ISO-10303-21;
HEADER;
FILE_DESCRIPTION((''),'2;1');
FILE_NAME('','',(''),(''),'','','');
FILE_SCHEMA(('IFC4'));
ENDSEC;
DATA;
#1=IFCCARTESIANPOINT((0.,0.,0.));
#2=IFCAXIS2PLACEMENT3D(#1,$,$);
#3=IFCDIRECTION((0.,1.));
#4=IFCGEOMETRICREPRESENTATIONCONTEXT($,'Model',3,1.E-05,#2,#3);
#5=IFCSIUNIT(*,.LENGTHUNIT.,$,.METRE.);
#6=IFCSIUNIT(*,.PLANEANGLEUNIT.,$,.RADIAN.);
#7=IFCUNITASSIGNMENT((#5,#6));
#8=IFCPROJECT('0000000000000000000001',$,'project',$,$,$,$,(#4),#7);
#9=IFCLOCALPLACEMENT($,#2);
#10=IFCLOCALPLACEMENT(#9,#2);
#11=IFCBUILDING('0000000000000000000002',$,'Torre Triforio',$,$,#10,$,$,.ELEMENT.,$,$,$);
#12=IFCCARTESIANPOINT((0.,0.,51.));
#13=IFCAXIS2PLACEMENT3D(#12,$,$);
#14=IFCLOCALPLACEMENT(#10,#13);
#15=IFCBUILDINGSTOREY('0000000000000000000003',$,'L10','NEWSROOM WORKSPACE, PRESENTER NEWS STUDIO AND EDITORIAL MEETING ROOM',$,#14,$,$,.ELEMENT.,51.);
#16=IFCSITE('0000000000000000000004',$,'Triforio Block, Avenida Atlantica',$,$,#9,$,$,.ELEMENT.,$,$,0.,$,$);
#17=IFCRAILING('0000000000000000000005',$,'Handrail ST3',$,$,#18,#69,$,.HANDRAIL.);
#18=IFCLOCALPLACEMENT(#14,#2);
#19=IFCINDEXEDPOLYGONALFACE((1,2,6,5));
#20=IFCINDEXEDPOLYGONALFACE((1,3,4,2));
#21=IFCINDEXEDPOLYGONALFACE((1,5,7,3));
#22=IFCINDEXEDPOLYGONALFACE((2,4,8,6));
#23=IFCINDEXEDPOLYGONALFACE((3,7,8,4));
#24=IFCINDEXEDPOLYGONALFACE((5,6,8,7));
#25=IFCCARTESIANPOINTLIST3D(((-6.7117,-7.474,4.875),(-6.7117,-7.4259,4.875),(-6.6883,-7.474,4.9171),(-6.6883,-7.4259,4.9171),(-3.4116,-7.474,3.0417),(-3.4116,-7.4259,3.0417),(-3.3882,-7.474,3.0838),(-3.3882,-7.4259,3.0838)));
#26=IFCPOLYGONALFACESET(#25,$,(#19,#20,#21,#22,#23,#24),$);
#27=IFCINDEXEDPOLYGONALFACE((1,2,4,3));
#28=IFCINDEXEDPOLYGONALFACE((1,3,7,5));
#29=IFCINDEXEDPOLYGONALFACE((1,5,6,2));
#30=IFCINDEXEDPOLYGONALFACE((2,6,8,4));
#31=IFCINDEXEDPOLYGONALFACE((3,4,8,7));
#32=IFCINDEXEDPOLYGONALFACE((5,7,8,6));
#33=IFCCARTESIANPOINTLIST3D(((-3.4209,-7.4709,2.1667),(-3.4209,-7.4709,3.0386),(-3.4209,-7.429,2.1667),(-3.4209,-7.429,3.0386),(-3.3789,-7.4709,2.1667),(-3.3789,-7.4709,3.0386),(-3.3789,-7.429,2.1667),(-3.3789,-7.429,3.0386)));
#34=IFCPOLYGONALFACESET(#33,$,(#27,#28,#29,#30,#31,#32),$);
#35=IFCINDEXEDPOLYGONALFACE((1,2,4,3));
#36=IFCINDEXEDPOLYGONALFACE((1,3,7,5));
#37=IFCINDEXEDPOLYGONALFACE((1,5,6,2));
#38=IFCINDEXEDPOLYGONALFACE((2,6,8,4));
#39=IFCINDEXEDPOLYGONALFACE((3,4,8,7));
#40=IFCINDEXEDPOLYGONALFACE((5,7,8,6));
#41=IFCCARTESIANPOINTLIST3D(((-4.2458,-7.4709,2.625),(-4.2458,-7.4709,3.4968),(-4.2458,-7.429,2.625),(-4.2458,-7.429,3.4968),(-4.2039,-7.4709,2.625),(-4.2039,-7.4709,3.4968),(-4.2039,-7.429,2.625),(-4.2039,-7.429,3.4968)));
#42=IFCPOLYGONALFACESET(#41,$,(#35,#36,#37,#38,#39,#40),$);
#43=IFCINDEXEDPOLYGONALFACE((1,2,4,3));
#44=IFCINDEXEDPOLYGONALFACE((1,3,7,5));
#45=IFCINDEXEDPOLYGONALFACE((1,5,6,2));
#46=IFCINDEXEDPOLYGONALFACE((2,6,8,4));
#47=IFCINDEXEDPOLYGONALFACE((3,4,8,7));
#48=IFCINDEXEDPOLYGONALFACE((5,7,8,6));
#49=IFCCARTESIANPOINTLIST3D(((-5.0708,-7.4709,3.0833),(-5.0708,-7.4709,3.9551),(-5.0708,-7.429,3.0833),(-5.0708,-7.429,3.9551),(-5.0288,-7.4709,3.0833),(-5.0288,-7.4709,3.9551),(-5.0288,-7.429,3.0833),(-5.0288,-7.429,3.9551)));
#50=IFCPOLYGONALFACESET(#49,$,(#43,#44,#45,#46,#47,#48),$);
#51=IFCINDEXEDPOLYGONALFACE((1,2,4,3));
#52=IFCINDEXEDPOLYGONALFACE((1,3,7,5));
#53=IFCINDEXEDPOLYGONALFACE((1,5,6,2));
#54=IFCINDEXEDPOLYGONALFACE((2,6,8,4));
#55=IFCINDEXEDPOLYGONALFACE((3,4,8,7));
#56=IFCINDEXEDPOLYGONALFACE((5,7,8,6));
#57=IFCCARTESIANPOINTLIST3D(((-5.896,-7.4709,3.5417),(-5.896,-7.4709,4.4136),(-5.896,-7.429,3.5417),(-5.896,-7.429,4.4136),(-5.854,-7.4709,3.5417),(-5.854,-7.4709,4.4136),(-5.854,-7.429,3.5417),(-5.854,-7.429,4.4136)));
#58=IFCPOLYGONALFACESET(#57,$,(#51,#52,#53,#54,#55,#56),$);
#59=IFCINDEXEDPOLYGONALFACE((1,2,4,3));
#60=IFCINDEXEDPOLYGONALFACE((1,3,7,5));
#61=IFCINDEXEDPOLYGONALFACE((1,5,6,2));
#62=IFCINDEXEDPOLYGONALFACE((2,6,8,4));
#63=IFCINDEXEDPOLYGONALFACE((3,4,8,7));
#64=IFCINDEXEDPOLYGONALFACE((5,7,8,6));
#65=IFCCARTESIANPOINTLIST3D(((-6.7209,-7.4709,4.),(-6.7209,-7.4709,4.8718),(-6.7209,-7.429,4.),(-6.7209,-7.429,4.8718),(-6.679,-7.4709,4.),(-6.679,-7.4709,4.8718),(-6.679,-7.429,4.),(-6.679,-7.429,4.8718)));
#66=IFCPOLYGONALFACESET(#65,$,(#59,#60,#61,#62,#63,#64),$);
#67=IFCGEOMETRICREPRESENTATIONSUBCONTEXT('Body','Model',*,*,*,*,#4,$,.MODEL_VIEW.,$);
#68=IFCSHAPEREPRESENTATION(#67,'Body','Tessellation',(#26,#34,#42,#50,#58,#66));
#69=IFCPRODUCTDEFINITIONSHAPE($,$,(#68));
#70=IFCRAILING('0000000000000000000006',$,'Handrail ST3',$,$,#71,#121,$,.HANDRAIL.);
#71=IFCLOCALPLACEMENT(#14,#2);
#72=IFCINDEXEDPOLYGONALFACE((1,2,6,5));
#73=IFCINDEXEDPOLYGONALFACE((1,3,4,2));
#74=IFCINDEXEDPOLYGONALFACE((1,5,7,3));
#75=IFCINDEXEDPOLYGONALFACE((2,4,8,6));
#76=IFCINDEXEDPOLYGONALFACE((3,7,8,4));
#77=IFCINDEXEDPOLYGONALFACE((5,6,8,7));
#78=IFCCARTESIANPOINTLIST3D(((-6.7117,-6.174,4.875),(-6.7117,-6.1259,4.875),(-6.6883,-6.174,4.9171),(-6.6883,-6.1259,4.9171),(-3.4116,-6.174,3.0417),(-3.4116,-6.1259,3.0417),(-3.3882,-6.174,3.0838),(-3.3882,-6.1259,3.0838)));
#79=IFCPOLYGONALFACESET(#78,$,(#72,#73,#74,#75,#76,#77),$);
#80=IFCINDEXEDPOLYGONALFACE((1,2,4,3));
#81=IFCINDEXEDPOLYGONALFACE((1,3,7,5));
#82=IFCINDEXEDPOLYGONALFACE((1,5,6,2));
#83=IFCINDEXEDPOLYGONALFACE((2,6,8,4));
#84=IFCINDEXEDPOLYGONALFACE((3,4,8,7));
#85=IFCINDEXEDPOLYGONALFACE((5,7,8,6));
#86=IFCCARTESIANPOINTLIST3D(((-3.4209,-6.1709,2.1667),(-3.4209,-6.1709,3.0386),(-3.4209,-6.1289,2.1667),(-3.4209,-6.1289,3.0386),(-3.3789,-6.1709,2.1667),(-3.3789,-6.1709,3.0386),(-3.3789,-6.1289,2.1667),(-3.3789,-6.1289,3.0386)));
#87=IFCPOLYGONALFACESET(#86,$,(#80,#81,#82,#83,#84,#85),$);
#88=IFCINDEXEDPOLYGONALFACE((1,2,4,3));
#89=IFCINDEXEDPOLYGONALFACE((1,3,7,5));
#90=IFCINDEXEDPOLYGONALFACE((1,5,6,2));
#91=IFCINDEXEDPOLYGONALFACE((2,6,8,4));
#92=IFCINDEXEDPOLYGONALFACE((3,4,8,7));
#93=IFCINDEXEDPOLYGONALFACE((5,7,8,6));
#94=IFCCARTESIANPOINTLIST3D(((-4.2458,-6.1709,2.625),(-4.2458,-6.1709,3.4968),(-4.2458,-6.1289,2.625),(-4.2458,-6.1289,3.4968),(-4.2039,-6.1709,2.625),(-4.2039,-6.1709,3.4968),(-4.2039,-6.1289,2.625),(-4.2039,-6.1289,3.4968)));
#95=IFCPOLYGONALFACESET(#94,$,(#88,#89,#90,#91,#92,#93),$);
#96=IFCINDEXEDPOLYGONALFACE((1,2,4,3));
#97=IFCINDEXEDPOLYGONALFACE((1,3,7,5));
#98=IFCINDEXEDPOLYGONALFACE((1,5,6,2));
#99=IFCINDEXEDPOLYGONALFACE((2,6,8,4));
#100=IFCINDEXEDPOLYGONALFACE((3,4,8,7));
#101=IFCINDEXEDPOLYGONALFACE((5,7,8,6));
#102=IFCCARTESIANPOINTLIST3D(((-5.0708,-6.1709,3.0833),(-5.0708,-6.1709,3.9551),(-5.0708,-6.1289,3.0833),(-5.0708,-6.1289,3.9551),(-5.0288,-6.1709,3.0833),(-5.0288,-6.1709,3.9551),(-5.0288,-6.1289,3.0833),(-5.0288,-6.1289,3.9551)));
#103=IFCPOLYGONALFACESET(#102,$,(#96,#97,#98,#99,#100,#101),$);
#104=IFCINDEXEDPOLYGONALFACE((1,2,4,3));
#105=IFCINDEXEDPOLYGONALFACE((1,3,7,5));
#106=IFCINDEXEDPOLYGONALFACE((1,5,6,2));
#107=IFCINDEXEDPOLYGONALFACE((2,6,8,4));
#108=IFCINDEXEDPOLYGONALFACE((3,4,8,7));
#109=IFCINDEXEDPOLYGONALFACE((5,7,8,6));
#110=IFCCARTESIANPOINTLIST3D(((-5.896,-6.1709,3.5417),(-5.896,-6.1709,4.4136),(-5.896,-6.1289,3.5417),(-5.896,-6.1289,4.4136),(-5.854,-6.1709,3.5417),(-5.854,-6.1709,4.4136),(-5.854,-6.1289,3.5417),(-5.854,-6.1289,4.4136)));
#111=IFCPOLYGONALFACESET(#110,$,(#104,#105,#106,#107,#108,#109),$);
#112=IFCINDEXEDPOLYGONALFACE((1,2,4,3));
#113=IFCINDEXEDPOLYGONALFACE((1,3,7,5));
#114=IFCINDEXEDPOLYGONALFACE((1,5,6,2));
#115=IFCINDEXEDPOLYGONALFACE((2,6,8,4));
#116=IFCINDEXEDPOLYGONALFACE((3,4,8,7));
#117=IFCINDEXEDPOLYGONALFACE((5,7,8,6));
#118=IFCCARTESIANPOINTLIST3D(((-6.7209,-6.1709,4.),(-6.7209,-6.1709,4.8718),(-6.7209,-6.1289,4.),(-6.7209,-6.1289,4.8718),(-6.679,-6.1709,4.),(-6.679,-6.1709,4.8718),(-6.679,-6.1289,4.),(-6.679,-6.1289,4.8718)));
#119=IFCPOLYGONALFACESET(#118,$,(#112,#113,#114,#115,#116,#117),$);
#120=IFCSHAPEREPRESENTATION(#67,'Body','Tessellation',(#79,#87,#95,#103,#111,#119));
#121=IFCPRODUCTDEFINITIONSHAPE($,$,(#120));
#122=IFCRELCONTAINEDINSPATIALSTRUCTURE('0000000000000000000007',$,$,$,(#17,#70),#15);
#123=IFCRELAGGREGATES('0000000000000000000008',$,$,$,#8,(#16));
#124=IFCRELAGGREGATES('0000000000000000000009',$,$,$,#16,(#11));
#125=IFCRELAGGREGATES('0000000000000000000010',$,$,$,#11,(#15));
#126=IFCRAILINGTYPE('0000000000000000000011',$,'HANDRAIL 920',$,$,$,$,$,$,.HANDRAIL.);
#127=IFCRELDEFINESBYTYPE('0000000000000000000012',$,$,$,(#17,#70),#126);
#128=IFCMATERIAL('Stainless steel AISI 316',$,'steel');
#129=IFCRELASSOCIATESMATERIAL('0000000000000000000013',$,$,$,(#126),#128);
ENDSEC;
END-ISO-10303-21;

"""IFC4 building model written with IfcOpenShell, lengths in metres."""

from ifc_helpers import new_model, si_unit, direction, frame, origin, origin_2d, place, context, subcontext, project, spatial, rectangle, extrude, material, type_object, element, save


model = new_model("IFC4")

# Units and contexts
model_context = context("Model", 3, precision=1e-05, world=origin(), true_north=direction((0.0, 1.0)))
body_context = subcontext(model_context, "Body", "Model", "MODEL_VIEW")
ifc_project = project(units=[si_unit("LENGTHUNIT", "METRE"), si_unit("PLANEANGLEUNIT", "RADIAN")], contexts=[model_context])

# Site, building, storey
site_placement = place(None, origin())
site = spatial("IfcSite", under=ifc_project, at=site_placement, Name="Triforio Block, Avenida Atlantica", CompositionType="ELEMENT", RefElevation=0.0)
building_placement = place(site_placement, origin())
building = spatial("IfcBuilding", under=site, at=building_placement, Name="Torre Triforio", CompositionType="ELEMENT")
storey_placement = place(building_placement, frame((0.0, 0.0, 51.0)))
storey = spatial("IfcBuildingStorey", under=building, at=storey_placement, Name="L10", Description="NEWSROOM WORKSPACE, PRESENTER NEWS STUDIO AND EDITORIAL MEETING ROOM", CompositionType="ELEMENT", Elevation=51.0)

# Railings
ifc_material_1 = material(Name="Stainless steel AISI 316", Category="steel")
railing_type = type_object("IfcRailingType", Name="HANDRAIL 920", PredefinedType="HANDRAIL", material=ifc_material_1)
for number, where, name in (
    (1, (-3.3999, -7.45, 2.1667), "Handrail ST3"),
    (2, (-3.3999, -6.1499, 2.1667), "Handrail ST3"),
):
    element("IfcRailing", number, at=place(storey_placement, frame(where)), inside=storey, type_object=railing_type, Name=name, PredefinedType="HANDRAIL", context=body_context, shape_type="SweptSolid", body=[
        extrude(rectangle(XDim=0.0481, YDim=0.0481, at=origin_2d()), frame((0.0, 0.0, 0.896), z_axis=(-0.874169, 0.0, 0.485621), x_axis=(0.0, -1.0, 0.0)), (0.0, 0.0, 1.0), 3.7751),
        extrude(rectangle(XDim=0.042, YDim=0.042, at=origin_2d()), origin(), (0.0, 0.0, 1.0), 0.8718),
        extrude(rectangle(XDim=0.042, YDim=0.042, at=origin_2d()), frame((-0.825, 0.0, 0.4583)), (0.0, 0.0, 1.0), 0.8718),
        extrude(rectangle(XDim=0.042, YDim=0.042, at=origin_2d()), frame((-1.6499, 0.0, 0.9165)), (0.0, 0.0, 1.0), 0.8718),
        extrude(rectangle(XDim=0.042, YDim=0.042, at=origin_2d()), frame((-2.4751, 0.0, 1.375)), (0.0, 0.0, 1.0), 0.8718),
        extrude(rectangle(XDim=0.042, YDim=0.042, at=origin_2d()), frame((-3.3, 0.0, 1.8333)), (0.0, 0.0, 1.0), 0.8718),
    ])

save(model, "model.ifc")
